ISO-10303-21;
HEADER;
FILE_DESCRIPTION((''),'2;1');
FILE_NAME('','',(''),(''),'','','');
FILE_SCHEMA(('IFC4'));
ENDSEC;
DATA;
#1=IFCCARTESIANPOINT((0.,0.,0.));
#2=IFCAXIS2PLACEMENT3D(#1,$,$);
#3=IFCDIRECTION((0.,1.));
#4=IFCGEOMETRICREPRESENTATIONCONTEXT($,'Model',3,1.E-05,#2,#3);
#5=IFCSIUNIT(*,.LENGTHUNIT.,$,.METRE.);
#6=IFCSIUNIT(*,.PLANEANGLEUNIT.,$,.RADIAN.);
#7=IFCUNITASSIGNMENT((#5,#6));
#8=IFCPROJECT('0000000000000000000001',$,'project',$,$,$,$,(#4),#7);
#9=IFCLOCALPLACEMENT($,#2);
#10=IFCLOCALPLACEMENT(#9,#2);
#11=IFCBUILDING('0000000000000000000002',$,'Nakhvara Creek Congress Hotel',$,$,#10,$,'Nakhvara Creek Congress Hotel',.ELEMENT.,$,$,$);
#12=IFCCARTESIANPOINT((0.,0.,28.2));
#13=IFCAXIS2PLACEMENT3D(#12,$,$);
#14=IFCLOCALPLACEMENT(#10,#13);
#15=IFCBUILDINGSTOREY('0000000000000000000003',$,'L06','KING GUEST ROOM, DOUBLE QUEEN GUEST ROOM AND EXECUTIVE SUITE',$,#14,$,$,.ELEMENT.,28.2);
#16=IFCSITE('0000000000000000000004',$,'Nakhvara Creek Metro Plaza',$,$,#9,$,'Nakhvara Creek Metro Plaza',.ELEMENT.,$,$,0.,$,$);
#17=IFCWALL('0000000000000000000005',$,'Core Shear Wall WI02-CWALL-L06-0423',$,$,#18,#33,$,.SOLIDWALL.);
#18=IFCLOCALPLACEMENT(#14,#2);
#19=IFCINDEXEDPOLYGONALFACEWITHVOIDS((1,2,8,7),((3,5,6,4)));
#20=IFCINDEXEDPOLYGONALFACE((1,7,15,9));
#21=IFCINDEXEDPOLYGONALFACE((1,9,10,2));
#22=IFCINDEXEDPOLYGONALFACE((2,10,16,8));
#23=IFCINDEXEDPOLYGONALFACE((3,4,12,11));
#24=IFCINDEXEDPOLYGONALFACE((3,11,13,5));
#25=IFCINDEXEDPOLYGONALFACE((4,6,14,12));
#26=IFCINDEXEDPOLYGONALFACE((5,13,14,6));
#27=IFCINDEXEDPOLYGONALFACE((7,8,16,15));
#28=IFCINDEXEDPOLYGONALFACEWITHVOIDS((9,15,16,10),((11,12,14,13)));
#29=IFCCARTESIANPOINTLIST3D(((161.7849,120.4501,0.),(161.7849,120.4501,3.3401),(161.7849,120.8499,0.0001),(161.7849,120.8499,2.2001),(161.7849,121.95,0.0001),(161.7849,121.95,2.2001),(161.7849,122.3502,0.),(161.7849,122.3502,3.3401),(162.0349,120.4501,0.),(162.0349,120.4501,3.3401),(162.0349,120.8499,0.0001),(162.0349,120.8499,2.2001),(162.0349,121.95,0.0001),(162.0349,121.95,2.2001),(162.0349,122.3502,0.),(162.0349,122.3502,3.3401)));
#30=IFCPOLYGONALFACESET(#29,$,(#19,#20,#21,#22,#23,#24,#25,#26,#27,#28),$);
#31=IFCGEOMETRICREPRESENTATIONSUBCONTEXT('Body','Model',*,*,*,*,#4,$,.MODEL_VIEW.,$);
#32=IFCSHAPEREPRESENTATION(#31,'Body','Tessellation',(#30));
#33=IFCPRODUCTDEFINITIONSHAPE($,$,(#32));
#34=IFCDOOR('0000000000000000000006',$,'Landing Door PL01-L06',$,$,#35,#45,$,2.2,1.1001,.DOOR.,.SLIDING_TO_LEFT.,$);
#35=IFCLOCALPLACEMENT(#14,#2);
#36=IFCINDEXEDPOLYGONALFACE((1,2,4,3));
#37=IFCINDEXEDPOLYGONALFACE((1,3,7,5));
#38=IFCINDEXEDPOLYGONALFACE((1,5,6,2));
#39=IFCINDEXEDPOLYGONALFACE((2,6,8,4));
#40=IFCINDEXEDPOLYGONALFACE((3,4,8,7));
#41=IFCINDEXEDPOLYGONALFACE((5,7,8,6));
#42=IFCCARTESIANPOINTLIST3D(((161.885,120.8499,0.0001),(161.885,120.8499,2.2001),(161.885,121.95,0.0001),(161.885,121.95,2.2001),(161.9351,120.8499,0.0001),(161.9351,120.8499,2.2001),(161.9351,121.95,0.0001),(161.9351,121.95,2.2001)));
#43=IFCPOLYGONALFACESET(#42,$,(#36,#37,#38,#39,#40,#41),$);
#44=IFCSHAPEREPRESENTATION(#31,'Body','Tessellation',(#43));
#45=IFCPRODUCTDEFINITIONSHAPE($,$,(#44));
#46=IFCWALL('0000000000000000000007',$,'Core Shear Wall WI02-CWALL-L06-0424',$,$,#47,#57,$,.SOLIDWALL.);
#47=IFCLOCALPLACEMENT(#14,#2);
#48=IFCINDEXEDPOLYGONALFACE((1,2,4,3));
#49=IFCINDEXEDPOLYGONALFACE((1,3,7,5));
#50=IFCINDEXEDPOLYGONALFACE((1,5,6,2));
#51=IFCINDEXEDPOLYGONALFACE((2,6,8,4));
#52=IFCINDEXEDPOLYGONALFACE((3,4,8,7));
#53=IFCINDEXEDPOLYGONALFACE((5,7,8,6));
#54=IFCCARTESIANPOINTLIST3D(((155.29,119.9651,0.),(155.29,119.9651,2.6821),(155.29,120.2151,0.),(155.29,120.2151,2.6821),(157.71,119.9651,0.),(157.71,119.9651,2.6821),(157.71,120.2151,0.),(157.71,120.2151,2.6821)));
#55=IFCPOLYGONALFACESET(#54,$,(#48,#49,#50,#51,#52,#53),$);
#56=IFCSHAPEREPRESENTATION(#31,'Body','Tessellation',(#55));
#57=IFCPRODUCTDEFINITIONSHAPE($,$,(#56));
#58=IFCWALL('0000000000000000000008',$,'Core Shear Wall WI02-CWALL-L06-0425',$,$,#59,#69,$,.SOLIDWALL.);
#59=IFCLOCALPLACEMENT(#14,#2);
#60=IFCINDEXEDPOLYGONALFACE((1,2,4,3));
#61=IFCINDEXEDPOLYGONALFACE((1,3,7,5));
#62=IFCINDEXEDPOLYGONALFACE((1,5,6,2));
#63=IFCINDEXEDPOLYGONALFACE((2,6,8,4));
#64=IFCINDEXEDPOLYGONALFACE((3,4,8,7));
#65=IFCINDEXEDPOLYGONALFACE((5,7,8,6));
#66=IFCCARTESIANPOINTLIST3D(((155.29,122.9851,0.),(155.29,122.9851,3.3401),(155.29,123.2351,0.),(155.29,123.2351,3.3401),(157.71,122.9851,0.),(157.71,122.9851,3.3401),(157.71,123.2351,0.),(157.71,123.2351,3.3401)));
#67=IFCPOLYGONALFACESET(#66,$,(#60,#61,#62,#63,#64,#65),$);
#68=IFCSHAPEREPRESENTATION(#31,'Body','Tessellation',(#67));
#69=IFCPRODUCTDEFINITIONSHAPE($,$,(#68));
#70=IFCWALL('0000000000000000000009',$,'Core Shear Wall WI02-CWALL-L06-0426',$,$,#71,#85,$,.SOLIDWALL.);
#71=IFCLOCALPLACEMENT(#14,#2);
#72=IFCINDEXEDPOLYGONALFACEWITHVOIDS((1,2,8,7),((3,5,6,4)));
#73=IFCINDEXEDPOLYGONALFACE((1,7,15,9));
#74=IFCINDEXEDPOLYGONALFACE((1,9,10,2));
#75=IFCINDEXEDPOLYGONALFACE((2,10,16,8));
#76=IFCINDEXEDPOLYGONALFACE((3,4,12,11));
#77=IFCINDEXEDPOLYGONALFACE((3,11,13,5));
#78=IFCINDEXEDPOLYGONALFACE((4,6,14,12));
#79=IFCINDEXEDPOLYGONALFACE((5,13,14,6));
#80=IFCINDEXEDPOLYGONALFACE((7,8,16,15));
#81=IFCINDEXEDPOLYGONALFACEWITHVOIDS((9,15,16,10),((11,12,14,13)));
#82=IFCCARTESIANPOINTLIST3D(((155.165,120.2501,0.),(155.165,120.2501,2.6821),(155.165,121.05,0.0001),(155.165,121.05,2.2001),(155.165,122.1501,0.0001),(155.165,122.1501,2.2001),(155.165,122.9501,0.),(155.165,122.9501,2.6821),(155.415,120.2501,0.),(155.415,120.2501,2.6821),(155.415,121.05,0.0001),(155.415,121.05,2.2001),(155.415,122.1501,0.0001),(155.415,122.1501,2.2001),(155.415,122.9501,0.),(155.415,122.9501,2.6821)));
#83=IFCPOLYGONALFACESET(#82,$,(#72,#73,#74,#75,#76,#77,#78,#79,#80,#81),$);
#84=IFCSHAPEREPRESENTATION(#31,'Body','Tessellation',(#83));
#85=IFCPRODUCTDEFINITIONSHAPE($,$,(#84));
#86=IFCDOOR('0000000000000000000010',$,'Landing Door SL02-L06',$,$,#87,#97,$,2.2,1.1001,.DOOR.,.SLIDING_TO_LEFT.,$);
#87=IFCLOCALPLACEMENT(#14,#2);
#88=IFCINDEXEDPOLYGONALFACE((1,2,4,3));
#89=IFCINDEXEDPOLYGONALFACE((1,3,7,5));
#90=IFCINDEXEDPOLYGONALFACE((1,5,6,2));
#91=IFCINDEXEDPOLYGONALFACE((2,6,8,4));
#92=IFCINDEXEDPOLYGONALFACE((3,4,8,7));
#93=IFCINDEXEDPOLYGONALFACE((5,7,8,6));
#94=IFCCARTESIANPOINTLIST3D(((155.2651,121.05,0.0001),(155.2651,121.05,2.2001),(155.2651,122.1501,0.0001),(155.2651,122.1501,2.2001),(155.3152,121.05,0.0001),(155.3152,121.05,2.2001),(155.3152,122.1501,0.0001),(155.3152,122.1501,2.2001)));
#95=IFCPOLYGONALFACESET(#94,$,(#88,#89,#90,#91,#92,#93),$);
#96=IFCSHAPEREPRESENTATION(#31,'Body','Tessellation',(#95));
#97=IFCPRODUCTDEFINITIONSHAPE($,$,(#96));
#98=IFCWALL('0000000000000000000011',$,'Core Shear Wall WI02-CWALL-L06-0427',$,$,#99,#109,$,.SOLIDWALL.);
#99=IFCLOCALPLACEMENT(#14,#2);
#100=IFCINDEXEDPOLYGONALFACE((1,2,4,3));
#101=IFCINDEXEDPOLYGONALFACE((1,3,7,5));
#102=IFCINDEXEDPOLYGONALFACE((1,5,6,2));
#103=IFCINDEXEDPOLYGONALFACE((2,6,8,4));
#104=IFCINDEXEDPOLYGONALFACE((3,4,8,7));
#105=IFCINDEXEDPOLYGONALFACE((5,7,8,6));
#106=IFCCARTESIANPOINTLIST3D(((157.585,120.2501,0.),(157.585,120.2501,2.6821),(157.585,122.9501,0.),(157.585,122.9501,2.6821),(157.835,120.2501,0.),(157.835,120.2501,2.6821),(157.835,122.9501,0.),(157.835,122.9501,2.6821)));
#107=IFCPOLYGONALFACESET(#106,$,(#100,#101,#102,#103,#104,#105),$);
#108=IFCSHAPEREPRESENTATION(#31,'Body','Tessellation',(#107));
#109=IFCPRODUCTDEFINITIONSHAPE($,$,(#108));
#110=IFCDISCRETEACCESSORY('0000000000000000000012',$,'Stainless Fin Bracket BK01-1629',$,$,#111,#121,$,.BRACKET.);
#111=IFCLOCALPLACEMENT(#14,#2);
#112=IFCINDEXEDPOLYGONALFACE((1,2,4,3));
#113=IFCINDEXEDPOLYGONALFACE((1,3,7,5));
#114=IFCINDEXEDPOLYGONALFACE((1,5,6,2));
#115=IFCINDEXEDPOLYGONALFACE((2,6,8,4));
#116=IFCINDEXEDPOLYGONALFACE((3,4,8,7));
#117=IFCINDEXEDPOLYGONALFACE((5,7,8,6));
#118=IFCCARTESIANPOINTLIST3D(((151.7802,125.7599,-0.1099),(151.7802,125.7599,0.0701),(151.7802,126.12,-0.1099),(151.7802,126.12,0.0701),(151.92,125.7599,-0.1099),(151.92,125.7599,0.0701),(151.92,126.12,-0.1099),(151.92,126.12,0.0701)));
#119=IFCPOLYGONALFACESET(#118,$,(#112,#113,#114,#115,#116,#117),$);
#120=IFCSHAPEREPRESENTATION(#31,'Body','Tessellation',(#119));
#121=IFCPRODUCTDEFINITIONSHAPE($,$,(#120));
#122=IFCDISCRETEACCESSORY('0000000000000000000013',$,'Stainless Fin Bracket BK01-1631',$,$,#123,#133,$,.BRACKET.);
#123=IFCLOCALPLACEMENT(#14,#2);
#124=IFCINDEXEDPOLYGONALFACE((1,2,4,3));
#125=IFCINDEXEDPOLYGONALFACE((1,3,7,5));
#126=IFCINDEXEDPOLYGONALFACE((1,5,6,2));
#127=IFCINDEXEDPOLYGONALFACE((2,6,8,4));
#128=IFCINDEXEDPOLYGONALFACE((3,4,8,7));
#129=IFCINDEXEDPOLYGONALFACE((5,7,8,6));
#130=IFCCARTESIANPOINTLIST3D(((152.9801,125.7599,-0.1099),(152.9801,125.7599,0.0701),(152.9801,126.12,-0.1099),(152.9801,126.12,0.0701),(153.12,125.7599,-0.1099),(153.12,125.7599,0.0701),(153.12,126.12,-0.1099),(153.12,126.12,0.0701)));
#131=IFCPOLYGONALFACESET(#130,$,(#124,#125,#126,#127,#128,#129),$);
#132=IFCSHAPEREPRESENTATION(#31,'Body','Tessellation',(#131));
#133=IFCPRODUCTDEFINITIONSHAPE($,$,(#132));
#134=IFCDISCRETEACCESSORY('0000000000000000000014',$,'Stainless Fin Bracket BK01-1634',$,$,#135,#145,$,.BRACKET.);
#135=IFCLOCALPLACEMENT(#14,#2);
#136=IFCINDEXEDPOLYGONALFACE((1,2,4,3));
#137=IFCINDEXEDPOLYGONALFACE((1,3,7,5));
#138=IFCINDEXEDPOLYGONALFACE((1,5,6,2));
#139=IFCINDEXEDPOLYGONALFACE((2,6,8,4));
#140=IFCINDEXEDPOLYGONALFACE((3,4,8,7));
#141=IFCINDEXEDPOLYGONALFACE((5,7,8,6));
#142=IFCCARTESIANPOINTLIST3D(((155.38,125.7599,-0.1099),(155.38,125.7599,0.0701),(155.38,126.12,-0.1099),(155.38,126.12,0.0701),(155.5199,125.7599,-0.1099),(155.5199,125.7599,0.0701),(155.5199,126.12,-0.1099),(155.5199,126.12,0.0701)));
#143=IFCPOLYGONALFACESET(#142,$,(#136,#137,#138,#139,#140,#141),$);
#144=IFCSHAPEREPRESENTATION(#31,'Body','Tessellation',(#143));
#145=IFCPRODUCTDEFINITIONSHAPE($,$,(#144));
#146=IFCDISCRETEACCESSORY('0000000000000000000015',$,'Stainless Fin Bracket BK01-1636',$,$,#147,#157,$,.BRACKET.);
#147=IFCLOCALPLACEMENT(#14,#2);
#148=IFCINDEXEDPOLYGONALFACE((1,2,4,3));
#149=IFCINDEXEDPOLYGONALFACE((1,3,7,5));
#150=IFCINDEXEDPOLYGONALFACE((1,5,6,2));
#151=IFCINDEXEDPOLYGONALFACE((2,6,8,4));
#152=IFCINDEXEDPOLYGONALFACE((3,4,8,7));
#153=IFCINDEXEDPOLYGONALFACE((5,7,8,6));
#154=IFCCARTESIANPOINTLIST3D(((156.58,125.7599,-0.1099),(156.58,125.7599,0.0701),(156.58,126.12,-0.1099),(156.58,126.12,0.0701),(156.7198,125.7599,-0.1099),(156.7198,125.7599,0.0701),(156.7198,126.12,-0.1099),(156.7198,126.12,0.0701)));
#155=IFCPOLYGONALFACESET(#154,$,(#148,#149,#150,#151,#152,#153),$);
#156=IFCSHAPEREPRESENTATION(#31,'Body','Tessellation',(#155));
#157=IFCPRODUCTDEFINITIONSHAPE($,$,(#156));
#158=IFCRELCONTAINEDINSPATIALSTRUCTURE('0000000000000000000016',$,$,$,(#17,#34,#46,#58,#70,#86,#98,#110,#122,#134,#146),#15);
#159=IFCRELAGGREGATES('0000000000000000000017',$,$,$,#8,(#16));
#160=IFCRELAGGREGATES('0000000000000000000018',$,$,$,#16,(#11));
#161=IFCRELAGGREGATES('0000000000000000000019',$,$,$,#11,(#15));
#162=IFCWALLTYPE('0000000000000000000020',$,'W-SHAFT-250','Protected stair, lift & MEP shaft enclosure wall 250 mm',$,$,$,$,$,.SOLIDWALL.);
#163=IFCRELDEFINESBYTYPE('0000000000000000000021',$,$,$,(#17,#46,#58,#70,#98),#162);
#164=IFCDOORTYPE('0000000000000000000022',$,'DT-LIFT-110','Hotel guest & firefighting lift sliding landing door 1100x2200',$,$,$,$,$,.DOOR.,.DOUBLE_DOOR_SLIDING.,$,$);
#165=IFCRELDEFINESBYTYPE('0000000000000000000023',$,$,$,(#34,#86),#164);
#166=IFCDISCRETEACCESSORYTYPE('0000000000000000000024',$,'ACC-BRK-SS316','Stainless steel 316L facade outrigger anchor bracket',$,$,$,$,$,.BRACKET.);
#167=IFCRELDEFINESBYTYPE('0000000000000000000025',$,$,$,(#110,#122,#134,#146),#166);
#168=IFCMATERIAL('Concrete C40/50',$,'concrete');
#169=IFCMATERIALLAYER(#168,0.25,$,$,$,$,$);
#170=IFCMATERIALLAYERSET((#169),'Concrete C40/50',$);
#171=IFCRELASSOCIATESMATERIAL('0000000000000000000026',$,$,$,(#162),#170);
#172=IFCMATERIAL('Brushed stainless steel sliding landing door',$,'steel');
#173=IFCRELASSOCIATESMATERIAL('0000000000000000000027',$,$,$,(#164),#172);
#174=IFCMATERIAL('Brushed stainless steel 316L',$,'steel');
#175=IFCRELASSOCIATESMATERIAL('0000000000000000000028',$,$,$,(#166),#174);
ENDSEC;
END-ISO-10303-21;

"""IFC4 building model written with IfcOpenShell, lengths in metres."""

from ifc_helpers import new_model, si_unit, direction, frame, frame_2d, origin, origin_2d, place, context, subcontext, project, spatial, rectangle, extrude, material, layer, layer_set, type_object, element, fill, save


model = new_model("IFC4")

# Units and contexts
model_context = context("Model", 3, precision=1e-05, world=origin(), true_north=direction((0.0, 1.0)))
body_context = subcontext(model_context, "Body", "Model", "MODEL_VIEW")
ifc_project = project(units=[si_unit("LENGTHUNIT", "METRE"), si_unit("PLANEANGLEUNIT", "RADIAN")], contexts=[model_context])

# Site, building, storey
site_placement = place(None, origin())
site = spatial("IfcSite", under=ifc_project, at=site_placement, Name="Nakhvara Creek Metro Plaza", LongName="Nakhvara Creek Metro Plaza", CompositionType="ELEMENT", RefElevation=0.0)
building_placement = place(site_placement, origin())
building = spatial("IfcBuilding", under=site, at=building_placement, Name="Nakhvara Creek Congress Hotel", LongName="Nakhvara Creek Congress Hotel", CompositionType="ELEMENT")
storey_placement = place(building_placement, frame((0.0, 0.0, 28.2)))
storey = spatial("IfcBuildingStorey", under=building, at=storey_placement, Name="L06", Description="KING GUEST ROOM, DOUBLE QUEEN GUEST ROOM AND EXECUTIVE SUITE", CompositionType="ELEMENT", Elevation=28.2)

# Shared definitions
ifc_material_1 = material(Name="Concrete C40/50", Category="concrete")

# Shared definitions
ifc_layer_1 = layer(ifc_material_1, 0.25)
ifc_layer_set_1 = layer_set([ifc_layer_1], Name="Concrete C40/50")
wall_type_1 = type_object("IfcWallType", Name="W-SHAFT-250", Description="Protected stair, lift & MEP shaft enclosure wall 250 mm", PredefinedType="SOLIDWALL", material=ifc_layer_set_1)

# Wall, opening, door
wall_1_placement = place(storey_placement, frame((161.9099, 120.45, 0.0), z_axis=(0.0, 0.0, 1.0), x_axis=(0.0, 1.0, 0.0)))
wall_1 = element("IfcWall", 1, at=wall_1_placement, inside=storey, type_object=wall_type_1, Name="Core Shear Wall WI02-CWALL-L06-0423", PredefinedType="SOLIDWALL", context=body_context, shape_type="SweptSolid", body=[
    extrude(rectangle(XDim=1.9001, YDim=0.25, at=frame_2d((0.9502, 0.0))), origin(), (0.0, 0.0, 1.0), 3.3401),
])
opening_1_placement = place(wall_1_placement, frame((0.3999, 0.0, 0.0)))
opening_1 = element("IfcOpeningElement", 2, at=opening_1_placement, cuts=wall_1, PredefinedType="OPENING", context=body_context, shape_type="SweptSolid", body=[
    extrude(rectangle(XDim=1.1001, YDim=2.2, at=frame_2d((0.55, 1.1001))), frame((0.0, 0.137, 0.0), z_axis=(0.0, -1.0, 0.0), x_axis=(1.0, 0.0, 0.0)), (0.0, 0.0, 1.0), 0.2739),
])
ifc_material_2 = material(Name="Brushed stainless steel sliding landing door", Category="steel")
door_type_1 = type_object("IfcDoorType", Name="DT-LIFT-110", Description="Hotel guest & firefighting lift sliding landing door 1100x2200", OperationType="DOUBLE_DOOR_SLIDING", PredefinedType="DOOR", material=ifc_material_2)
door_1_placement = place(opening_1_placement, origin())
door_1 = element("IfcDoor", 3, at=door_1_placement, inside=storey, type_object=door_type_1, Name="Landing Door PL01-L06", OperationType="SLIDING_TO_LEFT", OverallHeight=2.2, OverallWidth=1.1001, PredefinedType="DOOR", context=body_context, shape_type="SweptSolid", body=[
    extrude(rectangle(XDim=1.1001, YDim=2.2, at=frame_2d((0.55, 1.1001))), frame((0.0, 0.0249, 0.0), z_axis=(0.0, -1.0, 0.0), x_axis=(1.0, 0.0, 0.0)), (0.0, 0.0, 1.0), 0.05),
])
fill(opening_1, door_1)

# Walls
wall_2_placement = place(storey_placement, frame((155.29, 120.0901, 0.0), z_axis=(0.0, 0.0, 1.0), x_axis=(1.0, 0.0, 0.0)))
element("IfcWall", 4, at=wall_2_placement, inside=storey, type_object=wall_type_1, Name="Core Shear Wall WI02-CWALL-L06-0424", PredefinedType="SOLIDWALL", context=body_context, shape_type="SweptSolid", body=[
    extrude(rectangle(XDim=2.4199, YDim=0.25, at=frame_2d((1.21, 0.0))), origin(), (0.0, 0.0, 1.0), 2.6821),
])
wall_3_placement = place(storey_placement, frame((155.29, 123.1101, 0.0), z_axis=(0.0, 0.0, 1.0), x_axis=(1.0, 0.0, 0.0)))
element("IfcWall", 5, at=wall_3_placement, inside=storey, type_object=wall_type_1, Name="Core Shear Wall WI02-CWALL-L06-0425", PredefinedType="SOLIDWALL", context=body_context, shape_type="SweptSolid", body=[
    extrude(rectangle(XDim=2.4199, YDim=0.25, at=frame_2d((1.21, 0.0))), origin(), (0.0, 0.0, 1.0), 3.3401),
])

# Wall, opening, door
wall_4_placement = place(storey_placement, frame((155.29, 120.25, 0.0), z_axis=(0.0, 0.0, 1.0), x_axis=(0.0, 1.0, 0.0)))
wall_4 = element("IfcWall", 6, at=wall_4_placement, inside=storey, type_object=wall_type_1, Name="Core Shear Wall WI02-CWALL-L06-0426", PredefinedType="SOLIDWALL", context=body_context, shape_type="SweptSolid", body=[
    extrude(rectangle(XDim=2.7, YDim=0.25, at=frame_2d((1.3501, 0.0))), origin(), (0.0, 0.0, 1.0), 2.6821),
])
opening_2_placement = place(wall_4_placement, frame((0.8, 0.0, 0.0)))
opening_2 = element("IfcOpeningElement", 7, at=opening_2_placement, cuts=wall_4, PredefinedType="OPENING", context=body_context, shape_type="SweptSolid", body=[
    extrude(rectangle(XDim=1.1001, YDim=2.2, at=frame_2d((0.55, 1.1001))), frame((0.0, 0.137, 0.0), z_axis=(0.0, -1.0, 0.0), x_axis=(1.0, 0.0, 0.0)), (0.0, 0.0, 1.0), 0.2739),
])
door_2_placement = place(opening_2_placement, origin())
door_2 = element("IfcDoor", 8, at=door_2_placement, inside=storey, type_object=door_type_1, Name="Landing Door SL02-L06", OperationType="SLIDING_TO_LEFT", OverallHeight=2.2, OverallWidth=1.1001, PredefinedType="DOOR", context=body_context, shape_type="SweptSolid", body=[
    extrude(rectangle(XDim=1.1001, YDim=2.2, at=frame_2d((0.55, 1.1001))), frame((0.0, 0.0249, 0.0), z_axis=(0.0, -1.0, 0.0), x_axis=(1.0, 0.0, 0.0)), (0.0, 0.0, 1.0), 0.05),
])
fill(opening_2, door_2)

# Wall
wall_5_placement = place(storey_placement, frame((157.71, 120.25, 0.0), z_axis=(0.0, 0.0, 1.0), x_axis=(0.0, 1.0, 0.0)))
element("IfcWall", 9, at=wall_5_placement, inside=storey, type_object=wall_type_1, Name="Core Shear Wall WI02-CWALL-L06-0427", PredefinedType="SOLIDWALL", context=body_context, shape_type="SweptSolid", body=[
    extrude(rectangle(XDim=2.7, YDim=0.25, at=frame_2d((1.3501, 0.0))), origin(), (0.0, 0.0, 1.0), 2.6821),
])

# Discrete accessories
ifc_material_3 = material(Name="Brushed stainless steel 316L", Category="steel")
discrete_accessory_type = type_object("IfcDiscreteAccessoryType", Name="ACC-BRK-SS316", Description="Stainless steel 316L facade outrigger anchor bracket", PredefinedType="BRACKET", material=ifc_material_3)
for number, where, z_axis, x_axis, name in (
    (10, (151.8501, 125.9399, -0.1099), (0.0, 0.0, 1.0), (1.0, 0.0, 0.0), "Stainless Fin Bracket BK01-1629"),
    (11, (153.05, 125.9399, -0.1099), (0.0, 0.0, 1.0), (1.0, 0.0, 0.0), "Stainless Fin Bracket BK01-1631"),
    (12, (155.45, 125.9399, -0.1099), (0.0, 0.0, 1.0), (1.0, 0.0, 0.0), "Stainless Fin Bracket BK01-1634"),
    (13, (156.6499, 125.9399, -0.1099), (0.0, 0.0, 1.0), (1.0, 0.0, 0.0), "Stainless Fin Bracket BK01-1636"),
):
    element("IfcDiscreteAccessory", number, at=place(storey_placement, frame(where, z_axis=z_axis, x_axis=x_axis)), inside=storey, type_object=discrete_accessory_type, Name=name, PredefinedType="BRACKET", context=body_context, shape_type="SweptSolid", body=[
        extrude(rectangle(XDim=0.1399, YDim=0.3601, at=origin_2d()), origin(), (0.0, 0.0, 1.0), 0.1799),
    ])

save(model, "model.ifc")
